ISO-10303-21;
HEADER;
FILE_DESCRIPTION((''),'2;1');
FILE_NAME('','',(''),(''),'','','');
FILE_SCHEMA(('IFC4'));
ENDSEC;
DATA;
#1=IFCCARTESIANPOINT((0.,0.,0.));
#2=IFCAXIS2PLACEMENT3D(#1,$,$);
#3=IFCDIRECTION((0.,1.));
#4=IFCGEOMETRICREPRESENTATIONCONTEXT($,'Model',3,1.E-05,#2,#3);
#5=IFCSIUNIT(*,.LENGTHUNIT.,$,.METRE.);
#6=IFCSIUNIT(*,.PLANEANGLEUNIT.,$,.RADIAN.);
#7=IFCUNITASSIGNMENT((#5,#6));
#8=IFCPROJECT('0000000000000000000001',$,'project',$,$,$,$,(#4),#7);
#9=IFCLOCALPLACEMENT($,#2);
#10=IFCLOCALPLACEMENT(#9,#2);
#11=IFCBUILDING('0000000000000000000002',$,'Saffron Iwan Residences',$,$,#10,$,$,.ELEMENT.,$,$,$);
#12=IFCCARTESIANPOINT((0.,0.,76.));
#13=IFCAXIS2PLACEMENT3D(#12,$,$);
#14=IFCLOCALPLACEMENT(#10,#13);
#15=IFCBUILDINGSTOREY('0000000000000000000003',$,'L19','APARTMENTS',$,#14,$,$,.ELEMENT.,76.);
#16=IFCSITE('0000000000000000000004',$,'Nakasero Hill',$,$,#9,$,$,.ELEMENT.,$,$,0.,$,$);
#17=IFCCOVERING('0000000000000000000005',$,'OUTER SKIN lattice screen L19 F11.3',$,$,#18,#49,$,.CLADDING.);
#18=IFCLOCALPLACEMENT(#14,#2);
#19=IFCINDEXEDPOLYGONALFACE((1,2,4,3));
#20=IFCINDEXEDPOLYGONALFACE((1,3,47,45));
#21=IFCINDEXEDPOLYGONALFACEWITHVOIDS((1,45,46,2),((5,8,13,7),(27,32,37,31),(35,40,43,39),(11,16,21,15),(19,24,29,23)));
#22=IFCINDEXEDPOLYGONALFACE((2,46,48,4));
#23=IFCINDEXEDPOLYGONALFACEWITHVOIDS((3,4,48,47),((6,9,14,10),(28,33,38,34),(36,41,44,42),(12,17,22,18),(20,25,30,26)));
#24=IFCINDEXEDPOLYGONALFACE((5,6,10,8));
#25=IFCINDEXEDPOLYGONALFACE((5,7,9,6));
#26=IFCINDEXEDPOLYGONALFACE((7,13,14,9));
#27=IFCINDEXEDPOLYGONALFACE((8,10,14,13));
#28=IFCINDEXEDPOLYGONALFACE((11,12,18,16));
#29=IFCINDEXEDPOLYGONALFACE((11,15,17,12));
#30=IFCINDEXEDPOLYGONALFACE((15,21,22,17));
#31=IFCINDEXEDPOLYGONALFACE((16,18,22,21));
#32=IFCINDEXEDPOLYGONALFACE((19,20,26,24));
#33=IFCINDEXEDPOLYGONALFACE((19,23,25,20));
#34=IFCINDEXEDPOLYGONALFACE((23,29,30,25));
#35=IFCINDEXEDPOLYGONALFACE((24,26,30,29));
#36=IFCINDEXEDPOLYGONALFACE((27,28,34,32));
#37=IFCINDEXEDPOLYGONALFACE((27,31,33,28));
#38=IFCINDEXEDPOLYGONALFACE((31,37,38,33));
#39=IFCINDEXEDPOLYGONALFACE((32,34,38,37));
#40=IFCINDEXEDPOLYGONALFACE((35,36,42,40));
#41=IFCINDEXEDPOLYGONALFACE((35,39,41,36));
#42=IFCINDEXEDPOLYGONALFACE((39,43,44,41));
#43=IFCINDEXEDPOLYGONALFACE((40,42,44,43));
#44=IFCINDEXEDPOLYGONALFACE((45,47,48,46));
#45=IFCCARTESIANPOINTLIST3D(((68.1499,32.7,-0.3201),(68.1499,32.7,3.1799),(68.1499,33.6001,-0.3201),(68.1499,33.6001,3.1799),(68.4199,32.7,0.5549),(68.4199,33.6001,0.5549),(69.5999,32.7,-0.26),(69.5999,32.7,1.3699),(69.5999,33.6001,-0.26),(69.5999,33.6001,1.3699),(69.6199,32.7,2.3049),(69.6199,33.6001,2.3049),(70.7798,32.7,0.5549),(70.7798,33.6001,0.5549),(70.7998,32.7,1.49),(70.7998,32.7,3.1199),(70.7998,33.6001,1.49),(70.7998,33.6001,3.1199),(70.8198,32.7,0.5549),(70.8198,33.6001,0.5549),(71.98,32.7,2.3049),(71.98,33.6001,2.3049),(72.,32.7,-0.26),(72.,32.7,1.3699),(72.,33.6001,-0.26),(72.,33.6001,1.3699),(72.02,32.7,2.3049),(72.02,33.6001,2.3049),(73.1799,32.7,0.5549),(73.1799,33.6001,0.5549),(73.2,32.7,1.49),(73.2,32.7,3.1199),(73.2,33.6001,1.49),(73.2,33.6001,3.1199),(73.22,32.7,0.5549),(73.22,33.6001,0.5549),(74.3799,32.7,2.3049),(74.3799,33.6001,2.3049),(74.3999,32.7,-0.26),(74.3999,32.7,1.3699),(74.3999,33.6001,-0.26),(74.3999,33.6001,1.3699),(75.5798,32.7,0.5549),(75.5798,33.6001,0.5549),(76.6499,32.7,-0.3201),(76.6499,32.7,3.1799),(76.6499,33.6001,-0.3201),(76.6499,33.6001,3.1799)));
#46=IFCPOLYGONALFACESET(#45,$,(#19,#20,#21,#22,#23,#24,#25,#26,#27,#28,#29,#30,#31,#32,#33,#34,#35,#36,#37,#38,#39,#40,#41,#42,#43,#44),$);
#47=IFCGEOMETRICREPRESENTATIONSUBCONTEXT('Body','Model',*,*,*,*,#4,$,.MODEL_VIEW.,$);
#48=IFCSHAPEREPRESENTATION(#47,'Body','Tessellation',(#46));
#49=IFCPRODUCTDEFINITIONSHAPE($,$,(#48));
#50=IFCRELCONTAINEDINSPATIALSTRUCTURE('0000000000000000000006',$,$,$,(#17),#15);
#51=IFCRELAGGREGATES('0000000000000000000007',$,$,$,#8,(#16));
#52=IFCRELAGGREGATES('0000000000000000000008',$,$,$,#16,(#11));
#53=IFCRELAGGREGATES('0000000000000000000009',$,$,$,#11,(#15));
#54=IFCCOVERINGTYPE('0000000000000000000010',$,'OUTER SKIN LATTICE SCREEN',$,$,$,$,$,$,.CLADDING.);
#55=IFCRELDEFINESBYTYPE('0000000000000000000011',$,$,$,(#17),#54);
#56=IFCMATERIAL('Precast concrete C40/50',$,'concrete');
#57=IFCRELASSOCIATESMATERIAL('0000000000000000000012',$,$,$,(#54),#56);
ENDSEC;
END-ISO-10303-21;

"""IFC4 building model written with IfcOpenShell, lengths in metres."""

from ifc_helpers import new_model, si_unit, direction, frame, origin, place, context, subcontext, project, spatial, polyline, outline, extrude, material, type_object, element, save


model = new_model("IFC4")

# Units and contexts
model_context = context("Model", 3, precision=1e-05, world=origin(), true_north=direction((0.0, 1.0)))
body_context = subcontext(model_context, "Body", "Model", "MODEL_VIEW")
ifc_project = project(units=[si_unit("LENGTHUNIT", "METRE"), si_unit("PLANEANGLEUNIT", "RADIAN")], contexts=[model_context])

# Site, building, storey
site_placement = place(None, origin())
site = spatial("IfcSite", under=ifc_project, at=site_placement, Name="Nakasero Hill", CompositionType="ELEMENT", RefElevation=0.0)
building_placement = place(site_placement, origin())
building = spatial("IfcBuilding", under=site, at=building_placement, Name="Saffron Iwan Residences", CompositionType="ELEMENT")
storey_placement = place(building_placement, frame((0.0, 0.0, 76.0)))
storey = spatial("IfcBuildingStorey", under=building, at=storey_placement, Name="L19", Description="APARTMENTS", CompositionType="ELEMENT", Elevation=76.0)

# Covering
ifc_material_1 = material(Name="Precast concrete C40/50", Category="concrete")
covering_type = type_object("IfcCoveringType", Name="OUTER SKIN LATTICE SCREEN", PredefinedType="CLADDING", material=ifc_material_1)
covering_placement = place(storey_placement, frame((68.1499, 33.6001, -0.3201), z_axis=(0.0, -1.0, 0.0), x_axis=(1.0, 0.0, 0.0)))
element("IfcCovering", 1, at=covering_placement, inside=storey, type_object=covering_type, Name="OUTER SKIN lattice screen L19 F11.3", PredefinedType="CLADDING", context=body_context, shape_type="SweptSolid", body=[
    extrude(outline(polyline([(0.0, 0.0), (8.5, 0.0), (8.5, 3.5), (0.0, 3.5), (0.0, 0.0)]), holes=[polyline([(0.27, 0.875), (1.45, 0.0601), (2.6299, 0.875), (1.45, 1.6899), (0.27, 0.875)]), polyline([(2.6699, 0.875), (3.8501, 0.0601), (5.03, 0.875), (3.8501, 1.6899), (2.6699, 0.875)]), polyline([(5.0701, 0.875), (6.25, 0.0601), (7.4299, 0.875), (6.25, 1.6899), (5.0701, 0.875)]), polyline([(1.47, 2.625), (2.6499, 1.8101), (3.8301, 2.625), (2.6499, 3.4399), (1.47, 2.625)]), polyline([(3.8701, 2.625), (5.05, 1.8101), (6.23, 2.625), (5.05, 3.4399), (3.8701, 2.625)])]), origin(), (0.0, 0.0, 1.0), 0.9001),
])

save(model, "model.ifc")
